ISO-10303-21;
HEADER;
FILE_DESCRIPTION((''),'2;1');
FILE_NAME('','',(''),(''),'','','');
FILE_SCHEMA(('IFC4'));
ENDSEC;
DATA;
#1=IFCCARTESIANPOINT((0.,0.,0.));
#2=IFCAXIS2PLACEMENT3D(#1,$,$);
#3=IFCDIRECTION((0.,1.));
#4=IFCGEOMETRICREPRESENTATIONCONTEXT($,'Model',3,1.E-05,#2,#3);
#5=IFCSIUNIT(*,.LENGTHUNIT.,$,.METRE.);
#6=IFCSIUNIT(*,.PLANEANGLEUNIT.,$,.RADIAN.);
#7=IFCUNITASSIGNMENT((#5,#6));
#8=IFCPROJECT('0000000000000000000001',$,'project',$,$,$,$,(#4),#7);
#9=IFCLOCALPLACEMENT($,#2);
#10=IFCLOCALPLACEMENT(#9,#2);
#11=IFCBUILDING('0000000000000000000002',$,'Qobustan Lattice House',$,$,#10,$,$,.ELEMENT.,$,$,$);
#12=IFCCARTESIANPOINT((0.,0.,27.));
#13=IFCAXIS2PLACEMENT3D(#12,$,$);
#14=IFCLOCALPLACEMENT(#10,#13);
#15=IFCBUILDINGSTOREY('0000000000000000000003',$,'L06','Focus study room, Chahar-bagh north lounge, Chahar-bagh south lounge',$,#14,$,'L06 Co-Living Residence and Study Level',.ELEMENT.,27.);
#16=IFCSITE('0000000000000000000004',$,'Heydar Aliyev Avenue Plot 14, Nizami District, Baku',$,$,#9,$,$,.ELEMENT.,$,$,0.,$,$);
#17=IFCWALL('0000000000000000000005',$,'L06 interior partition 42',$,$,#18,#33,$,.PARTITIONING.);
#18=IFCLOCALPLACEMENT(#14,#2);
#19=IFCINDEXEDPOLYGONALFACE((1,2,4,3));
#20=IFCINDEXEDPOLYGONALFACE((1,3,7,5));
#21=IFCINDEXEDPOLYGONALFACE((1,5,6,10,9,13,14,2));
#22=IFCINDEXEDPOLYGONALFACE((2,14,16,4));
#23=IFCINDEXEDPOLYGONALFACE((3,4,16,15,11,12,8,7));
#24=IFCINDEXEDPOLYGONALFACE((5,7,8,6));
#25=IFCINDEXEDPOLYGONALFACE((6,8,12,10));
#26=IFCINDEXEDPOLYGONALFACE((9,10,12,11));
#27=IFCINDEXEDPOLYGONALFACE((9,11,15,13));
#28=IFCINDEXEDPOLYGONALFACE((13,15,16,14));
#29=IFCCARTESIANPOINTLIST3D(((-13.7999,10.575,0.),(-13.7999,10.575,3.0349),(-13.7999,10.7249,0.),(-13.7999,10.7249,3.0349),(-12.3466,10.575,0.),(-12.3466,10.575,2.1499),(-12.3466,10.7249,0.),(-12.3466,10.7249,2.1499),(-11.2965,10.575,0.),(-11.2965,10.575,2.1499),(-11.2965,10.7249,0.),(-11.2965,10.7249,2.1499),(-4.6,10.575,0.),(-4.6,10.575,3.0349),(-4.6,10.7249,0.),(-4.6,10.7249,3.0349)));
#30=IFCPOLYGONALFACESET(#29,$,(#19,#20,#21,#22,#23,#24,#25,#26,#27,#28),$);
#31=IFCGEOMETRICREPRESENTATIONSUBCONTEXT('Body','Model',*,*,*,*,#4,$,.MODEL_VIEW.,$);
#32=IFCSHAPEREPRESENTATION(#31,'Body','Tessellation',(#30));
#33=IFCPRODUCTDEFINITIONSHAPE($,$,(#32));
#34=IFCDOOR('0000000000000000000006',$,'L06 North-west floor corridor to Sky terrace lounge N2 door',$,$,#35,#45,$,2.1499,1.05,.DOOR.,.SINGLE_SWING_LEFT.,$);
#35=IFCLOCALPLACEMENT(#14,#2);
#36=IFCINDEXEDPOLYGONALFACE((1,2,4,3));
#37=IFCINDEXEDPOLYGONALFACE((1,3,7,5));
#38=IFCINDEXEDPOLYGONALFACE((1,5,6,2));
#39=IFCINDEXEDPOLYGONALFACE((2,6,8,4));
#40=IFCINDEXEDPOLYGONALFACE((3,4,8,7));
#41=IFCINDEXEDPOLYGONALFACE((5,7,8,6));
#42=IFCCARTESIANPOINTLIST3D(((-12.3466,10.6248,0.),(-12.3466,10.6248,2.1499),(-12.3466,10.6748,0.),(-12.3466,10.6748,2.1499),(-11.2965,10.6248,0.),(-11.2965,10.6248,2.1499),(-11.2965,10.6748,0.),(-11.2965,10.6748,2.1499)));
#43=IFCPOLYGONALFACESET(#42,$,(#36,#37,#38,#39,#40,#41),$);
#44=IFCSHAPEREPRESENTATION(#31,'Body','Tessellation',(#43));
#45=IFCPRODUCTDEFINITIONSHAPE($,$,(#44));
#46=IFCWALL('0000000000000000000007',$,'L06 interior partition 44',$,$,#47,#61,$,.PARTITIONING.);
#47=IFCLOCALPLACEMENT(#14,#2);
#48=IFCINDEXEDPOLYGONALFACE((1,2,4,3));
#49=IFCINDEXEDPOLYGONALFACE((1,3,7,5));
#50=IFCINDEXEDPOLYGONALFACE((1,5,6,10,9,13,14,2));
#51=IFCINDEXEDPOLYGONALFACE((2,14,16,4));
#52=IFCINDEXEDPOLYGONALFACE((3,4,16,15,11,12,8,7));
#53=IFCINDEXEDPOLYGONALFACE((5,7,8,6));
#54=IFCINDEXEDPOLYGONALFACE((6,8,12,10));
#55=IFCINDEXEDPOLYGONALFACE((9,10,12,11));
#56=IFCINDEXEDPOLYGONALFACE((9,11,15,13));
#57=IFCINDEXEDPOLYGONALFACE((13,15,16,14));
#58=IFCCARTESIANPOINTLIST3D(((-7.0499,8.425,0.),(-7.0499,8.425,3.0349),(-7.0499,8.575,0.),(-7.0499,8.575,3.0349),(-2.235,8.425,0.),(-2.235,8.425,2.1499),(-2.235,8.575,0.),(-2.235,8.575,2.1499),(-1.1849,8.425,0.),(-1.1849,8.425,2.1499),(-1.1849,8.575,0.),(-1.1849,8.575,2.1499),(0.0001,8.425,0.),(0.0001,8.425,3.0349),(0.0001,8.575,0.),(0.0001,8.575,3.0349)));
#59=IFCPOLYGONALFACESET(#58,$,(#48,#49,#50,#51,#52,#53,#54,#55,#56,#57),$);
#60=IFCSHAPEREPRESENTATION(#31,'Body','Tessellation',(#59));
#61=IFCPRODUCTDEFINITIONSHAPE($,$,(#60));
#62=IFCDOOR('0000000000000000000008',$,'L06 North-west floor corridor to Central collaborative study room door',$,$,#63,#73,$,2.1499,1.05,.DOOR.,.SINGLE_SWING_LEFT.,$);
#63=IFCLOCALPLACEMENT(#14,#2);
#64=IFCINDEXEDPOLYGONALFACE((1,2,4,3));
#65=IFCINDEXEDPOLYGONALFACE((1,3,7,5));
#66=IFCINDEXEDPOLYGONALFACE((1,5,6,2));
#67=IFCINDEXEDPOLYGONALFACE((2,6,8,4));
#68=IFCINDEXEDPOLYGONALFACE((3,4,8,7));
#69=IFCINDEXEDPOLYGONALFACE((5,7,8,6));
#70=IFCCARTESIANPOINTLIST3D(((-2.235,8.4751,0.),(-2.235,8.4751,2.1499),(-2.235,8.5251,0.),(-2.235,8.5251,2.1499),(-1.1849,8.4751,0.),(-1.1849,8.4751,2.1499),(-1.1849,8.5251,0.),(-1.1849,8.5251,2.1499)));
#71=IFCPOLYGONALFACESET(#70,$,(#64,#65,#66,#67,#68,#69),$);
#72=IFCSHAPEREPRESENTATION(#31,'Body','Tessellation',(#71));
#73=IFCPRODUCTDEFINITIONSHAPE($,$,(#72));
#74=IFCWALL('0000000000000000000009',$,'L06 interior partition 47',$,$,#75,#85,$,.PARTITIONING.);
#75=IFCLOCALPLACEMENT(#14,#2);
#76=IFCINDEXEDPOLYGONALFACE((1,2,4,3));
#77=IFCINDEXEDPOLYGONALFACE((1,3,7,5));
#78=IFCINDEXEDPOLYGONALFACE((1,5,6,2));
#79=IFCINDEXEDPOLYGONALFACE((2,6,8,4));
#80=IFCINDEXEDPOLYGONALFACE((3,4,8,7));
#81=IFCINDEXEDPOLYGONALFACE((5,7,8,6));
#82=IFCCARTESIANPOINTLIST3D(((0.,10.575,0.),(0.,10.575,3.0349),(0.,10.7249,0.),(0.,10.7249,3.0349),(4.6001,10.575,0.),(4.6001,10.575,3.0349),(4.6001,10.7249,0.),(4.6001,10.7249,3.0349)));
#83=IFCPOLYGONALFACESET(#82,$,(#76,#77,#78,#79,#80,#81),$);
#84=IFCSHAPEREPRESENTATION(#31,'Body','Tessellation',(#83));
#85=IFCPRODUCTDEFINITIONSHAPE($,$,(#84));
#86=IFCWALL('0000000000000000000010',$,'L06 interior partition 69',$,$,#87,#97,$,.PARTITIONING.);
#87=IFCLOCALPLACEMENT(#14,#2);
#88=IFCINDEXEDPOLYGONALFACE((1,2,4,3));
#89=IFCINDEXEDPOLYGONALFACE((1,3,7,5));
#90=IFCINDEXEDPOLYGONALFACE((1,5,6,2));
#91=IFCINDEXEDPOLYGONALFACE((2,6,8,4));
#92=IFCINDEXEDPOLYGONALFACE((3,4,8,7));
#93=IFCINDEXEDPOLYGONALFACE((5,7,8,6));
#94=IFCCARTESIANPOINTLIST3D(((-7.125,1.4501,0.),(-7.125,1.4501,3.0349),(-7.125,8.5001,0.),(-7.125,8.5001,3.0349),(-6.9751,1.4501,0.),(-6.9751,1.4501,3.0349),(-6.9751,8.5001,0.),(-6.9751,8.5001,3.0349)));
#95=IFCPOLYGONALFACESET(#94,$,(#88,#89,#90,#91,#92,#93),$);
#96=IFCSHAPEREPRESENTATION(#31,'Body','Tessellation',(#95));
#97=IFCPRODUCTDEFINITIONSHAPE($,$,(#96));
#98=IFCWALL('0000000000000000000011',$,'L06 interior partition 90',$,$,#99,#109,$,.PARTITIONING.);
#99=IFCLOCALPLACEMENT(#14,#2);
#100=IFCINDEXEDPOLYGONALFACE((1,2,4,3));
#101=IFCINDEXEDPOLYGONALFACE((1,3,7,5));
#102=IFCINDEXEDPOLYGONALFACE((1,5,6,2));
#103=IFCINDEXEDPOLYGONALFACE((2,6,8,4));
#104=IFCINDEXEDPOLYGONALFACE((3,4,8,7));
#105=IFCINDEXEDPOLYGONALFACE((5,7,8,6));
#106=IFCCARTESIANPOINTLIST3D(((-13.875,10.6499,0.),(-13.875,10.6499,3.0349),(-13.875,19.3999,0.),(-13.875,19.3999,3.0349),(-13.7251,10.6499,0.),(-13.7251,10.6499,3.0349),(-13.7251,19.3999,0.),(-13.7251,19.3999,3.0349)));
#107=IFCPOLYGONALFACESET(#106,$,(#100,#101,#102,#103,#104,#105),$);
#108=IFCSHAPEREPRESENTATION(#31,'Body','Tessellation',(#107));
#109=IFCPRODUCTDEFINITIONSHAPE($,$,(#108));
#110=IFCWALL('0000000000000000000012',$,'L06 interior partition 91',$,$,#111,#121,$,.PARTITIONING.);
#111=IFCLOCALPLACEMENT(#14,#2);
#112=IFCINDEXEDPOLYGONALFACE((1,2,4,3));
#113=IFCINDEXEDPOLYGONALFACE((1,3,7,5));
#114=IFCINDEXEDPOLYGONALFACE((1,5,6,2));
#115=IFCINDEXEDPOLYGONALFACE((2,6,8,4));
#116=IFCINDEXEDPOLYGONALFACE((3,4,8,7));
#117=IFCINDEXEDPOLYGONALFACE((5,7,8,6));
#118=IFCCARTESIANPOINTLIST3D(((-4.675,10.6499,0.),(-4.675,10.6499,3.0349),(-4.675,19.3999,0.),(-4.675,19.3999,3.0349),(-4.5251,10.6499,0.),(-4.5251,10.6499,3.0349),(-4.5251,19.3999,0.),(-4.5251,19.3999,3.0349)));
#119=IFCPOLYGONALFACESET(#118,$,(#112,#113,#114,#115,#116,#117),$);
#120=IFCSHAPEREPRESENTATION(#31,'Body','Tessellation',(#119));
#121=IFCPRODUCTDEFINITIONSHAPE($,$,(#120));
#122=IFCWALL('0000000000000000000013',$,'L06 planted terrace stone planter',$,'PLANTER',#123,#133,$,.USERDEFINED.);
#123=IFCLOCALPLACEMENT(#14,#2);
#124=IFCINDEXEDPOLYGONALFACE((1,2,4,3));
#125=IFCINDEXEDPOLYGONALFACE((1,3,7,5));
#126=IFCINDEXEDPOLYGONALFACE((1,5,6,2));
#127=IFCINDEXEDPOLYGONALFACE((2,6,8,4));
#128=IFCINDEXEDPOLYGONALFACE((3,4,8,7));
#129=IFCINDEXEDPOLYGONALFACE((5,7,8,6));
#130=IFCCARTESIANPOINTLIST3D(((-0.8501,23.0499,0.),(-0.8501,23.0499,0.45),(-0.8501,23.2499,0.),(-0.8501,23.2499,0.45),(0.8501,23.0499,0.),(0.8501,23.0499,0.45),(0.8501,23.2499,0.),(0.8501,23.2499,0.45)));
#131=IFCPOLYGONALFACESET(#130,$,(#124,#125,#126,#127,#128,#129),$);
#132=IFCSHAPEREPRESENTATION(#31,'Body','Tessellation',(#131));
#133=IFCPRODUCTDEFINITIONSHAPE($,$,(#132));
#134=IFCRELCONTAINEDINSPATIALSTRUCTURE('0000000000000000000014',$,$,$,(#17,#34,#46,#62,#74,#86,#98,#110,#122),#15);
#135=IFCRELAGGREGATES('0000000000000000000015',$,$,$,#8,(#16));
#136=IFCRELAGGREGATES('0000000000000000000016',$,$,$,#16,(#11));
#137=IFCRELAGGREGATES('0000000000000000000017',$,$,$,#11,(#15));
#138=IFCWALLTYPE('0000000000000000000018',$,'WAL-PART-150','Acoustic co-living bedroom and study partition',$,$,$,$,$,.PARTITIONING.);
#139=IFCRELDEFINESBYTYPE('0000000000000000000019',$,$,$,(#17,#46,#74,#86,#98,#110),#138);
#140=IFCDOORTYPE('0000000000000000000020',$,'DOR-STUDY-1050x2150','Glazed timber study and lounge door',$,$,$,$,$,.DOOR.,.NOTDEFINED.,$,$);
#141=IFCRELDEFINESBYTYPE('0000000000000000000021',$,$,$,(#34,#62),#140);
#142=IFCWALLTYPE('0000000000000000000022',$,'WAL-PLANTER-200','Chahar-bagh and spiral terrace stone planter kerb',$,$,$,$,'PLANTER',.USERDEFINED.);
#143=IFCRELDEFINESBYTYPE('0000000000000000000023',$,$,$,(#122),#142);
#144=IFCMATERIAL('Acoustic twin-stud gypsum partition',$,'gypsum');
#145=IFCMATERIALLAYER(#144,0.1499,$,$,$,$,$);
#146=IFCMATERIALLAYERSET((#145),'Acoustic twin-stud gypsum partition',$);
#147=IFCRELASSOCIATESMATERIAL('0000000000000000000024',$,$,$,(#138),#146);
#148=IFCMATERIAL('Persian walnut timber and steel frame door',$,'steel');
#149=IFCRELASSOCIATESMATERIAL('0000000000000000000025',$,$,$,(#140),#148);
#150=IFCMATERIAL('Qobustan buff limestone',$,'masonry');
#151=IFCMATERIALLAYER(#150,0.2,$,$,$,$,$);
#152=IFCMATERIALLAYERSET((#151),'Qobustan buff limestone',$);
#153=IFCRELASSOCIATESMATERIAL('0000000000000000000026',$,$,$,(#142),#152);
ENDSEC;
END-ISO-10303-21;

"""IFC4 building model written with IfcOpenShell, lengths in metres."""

from ifc_helpers import new_model, si_unit, direction, frame, frame_2d, origin, place, context, subcontext, project, spatial, rectangle, extrude, material, layer, layer_set, type_object, element, fill, save


model = new_model("IFC4")

# Units and contexts
model_context = context("Model", 3, precision=1e-05, world=origin(), true_north=direction((0.0, 1.0)))
body_context = subcontext(model_context, "Body", "Model", "MODEL_VIEW")
ifc_project = project(units=[si_unit("LENGTHUNIT", "METRE"), si_unit("PLANEANGLEUNIT", "RADIAN")], contexts=[model_context])

# Site, building, storey
site_placement = place(None, origin())
site = spatial("IfcSite", under=ifc_project, at=site_placement, Name="Heydar Aliyev Avenue Plot 14, Nizami District, Baku", CompositionType="ELEMENT", RefElevation=0.0)
building_placement = place(site_placement, origin())
building = spatial("IfcBuilding", under=site, at=building_placement, Name="Qobustan Lattice House", CompositionType="ELEMENT")
storey_placement = place(building_placement, frame((0.0, 0.0, 27.0)))
storey = spatial("IfcBuildingStorey", under=building, at=storey_placement, Name="L06", Description="Focus study room, Chahar-bagh north lounge, Chahar-bagh south lounge", LongName="L06 Co-Living Residence and Study Level", CompositionType="ELEMENT", Elevation=27.0)

# Walls, openings, doors
ifc_material_1 = material(Name="Acoustic twin-stud gypsum partition", Category="gypsum")
ifc_layer_1 = layer(ifc_material_1, 0.1499)
ifc_layer_set_1 = layer_set([ifc_layer_1], Name="Acoustic twin-stud gypsum partition")
wall_type_1 = type_object("IfcWallType", Name="WAL-PART-150", Description="Acoustic co-living bedroom and study partition", PredefinedType="PARTITIONING", material=ifc_layer_set_1)
wall_1_placement = place(storey_placement, frame((-13.8, 10.6499, 0.0), z_axis=(0.0, 0.0, 1.0), x_axis=(1.0, 0.0, 0.0)))
wall_1 = element("IfcWall", 1, at=wall_1_placement, inside=storey, type_object=wall_type_1, Name="L06 interior partition 42", PredefinedType="PARTITIONING", context=body_context, shape_type="SweptSolid", body=[
    extrude(rectangle(XDim=9.2, YDim=0.1499, at=frame_2d((4.6001, 0.0))), origin(), (0.0, 0.0, 1.0), 3.0349),
])
opening_1_placement = place(wall_1_placement, frame((1.4536, 0.0, 0.0)))
opening_1 = element("IfcOpeningElement", 2, at=opening_1_placement, cuts=wall_1, PredefinedType="OPENING", context=body_context, shape_type="SweptSolid", body=[
    extrude(rectangle(XDim=1.05, YDim=2.1499, at=frame_2d((0.5249, 1.075))), frame((0.0, 0.085, 0.0), z_axis=(0.0, -1.0, 0.0), x_axis=(1.0, 0.0, 0.0)), (0.0, 0.0, 1.0), 0.1699),
])
ifc_material_2 = material(Name="Persian walnut timber and steel frame door", Category="steel")
door_type_1 = type_object("IfcDoorType", Name="DOR-STUDY-1050x2150", Description="Glazed timber study and lounge door", OperationType="NOTDEFINED", PredefinedType="DOOR", material=ifc_material_2)
door_1_placement = place(opening_1_placement, origin())
door_1 = element("IfcDoor", 3, at=door_1_placement, inside=storey, type_object=door_type_1, Name="L06 North-west floor corridor to Sky terrace lounge N2 door", OperationType="SINGLE_SWING_LEFT", OverallHeight=2.1499, OverallWidth=1.05, PredefinedType="DOOR", context=body_context, shape_type="SweptSolid", body=[
    extrude(rectangle(XDim=1.05, YDim=2.1499, at=frame_2d((0.5249, 1.075))), frame((0.0, 0.0249, 0.0), z_axis=(0.0, -1.0, 0.0), x_axis=(1.0, 0.0, 0.0)), (0.0, 0.0, 1.0), 0.05),
])
fill(opening_1, door_1)
wall_2_placement = place(storey_placement, frame((0.0, 8.5, 0.0), z_axis=(0.0, 0.0, 1.0), x_axis=(-1.0, 0.0, 0.0)))
wall_2 = element("IfcWall", 4, at=wall_2_placement, inside=storey, type_object=wall_type_1, Name="L06 interior partition 44", PredefinedType="PARTITIONING", context=body_context, shape_type="SweptSolid", body=[
    extrude(rectangle(XDim=7.05, YDim=0.1499, at=frame_2d((3.5249, 0.0))), origin(), (0.0, 0.0, 1.0), 3.0349),
])
opening_2_placement = place(wall_2_placement, frame((1.1851, 0.0, 0.0)))
opening_2 = element("IfcOpeningElement", 5, at=opening_2_placement, cuts=wall_2, PredefinedType="OPENING", context=body_context, shape_type="SweptSolid", body=[
    extrude(rectangle(XDim=1.05, YDim=2.1499, at=frame_2d((0.5249, 1.075))), frame((0.0, 0.085, 0.0), z_axis=(0.0, -1.0, 0.0), x_axis=(1.0, 0.0, 0.0)), (0.0, 0.0, 1.0), 0.1699),
])
door_2_placement = place(opening_2_placement, origin())
door_2 = element("IfcDoor", 6, at=door_2_placement, inside=storey, type_object=door_type_1, Name="L06 North-west floor corridor to Central collaborative study room door", OperationType="SINGLE_SWING_LEFT", OverallHeight=2.1499, OverallWidth=1.05, PredefinedType="DOOR", context=body_context, shape_type="SweptSolid", body=[
    extrude(rectangle(XDim=1.05, YDim=2.1499, at=frame_2d((0.5249, 1.075))), frame((0.0, 0.0249, 0.0), z_axis=(0.0, -1.0, 0.0), x_axis=(1.0, 0.0, 0.0)), (0.0, 0.0, 1.0), 0.05),
])
fill(opening_2, door_2)

# Walls
wall_3_placement = place(storey_placement, frame((0.0, 10.6499, 0.0), z_axis=(0.0, 0.0, 1.0), x_axis=(1.0, 0.0, 0.0)))
element("IfcWall", 7, at=wall_3_placement, inside=storey, type_object=wall_type_1, Name="L06 interior partition 47", PredefinedType="PARTITIONING", context=body_context, shape_type="SweptSolid", body=[
    extrude(rectangle(XDim=4.6001, YDim=0.1499, at=frame_2d((2.3, 0.0))), origin(), (0.0, 0.0, 1.0), 3.0349),
])
wall_4_placement = place(storey_placement, frame((-7.05, 8.5, 0.0), z_axis=(0.0, 0.0, 1.0), x_axis=(0.0, -1.0, 0.0)))
element("IfcWall", 8, at=wall_4_placement, inside=storey, type_object=wall_type_1, Name="L06 interior partition 69", PredefinedType="PARTITIONING", context=body_context, shape_type="SweptSolid", body=[
    extrude(rectangle(XDim=7.05, YDim=0.1499, at=frame_2d((3.5249, 0.0))), origin(), (0.0, 0.0, 1.0), 3.0349),
])
for number, where, z_axis, x_axis, name in (
    (9, (-13.8, 19.3999, 0.0), (0.0, 0.0, 1.0), (0.0, -1.0, 0.0), "L06 interior partition 90"),
    (10, (-4.6001, 19.3999, 0.0), (0.0, 0.0, 1.0), (0.0, -1.0, 0.0), "L06 interior partition 91"),
):
    element("IfcWall", number, at=place(storey_placement, frame(where, z_axis=z_axis, x_axis=x_axis)), inside=storey, type_object=wall_type_1, Name=name, PredefinedType="PARTITIONING", context=body_context, shape_type="SweptSolid", body=[
        extrude(rectangle(XDim=8.75, YDim=0.1499, at=frame_2d((4.375, 0.0))), origin(), (0.0, 0.0, 1.0), 3.0349),
    ])
ifc_material_3 = material(Name="Qobustan buff limestone", Category="masonry")
ifc_layer_2 = layer(ifc_material_3, 0.2)
ifc_layer_set_2 = layer_set([ifc_layer_2], Name="Qobustan buff limestone")
wall_type_2 = type_object("IfcWallType", Name="WAL-PLANTER-200", Description="Chahar-bagh and spiral terrace stone planter kerb", ElementType="PLANTER", PredefinedType="USERDEFINED", material=ifc_layer_set_2)
wall_5_placement = place(storey_placement, frame((-0.8501, 23.1499, 0.0), z_axis=(0.0, 0.0, 1.0), x_axis=(1.0, 0.0, 0.0)))
element("IfcWall", 11, at=wall_5_placement, inside=storey, type_object=wall_type_2, Name="L06 planted terrace stone planter", ObjectType="PLANTER", PredefinedType="USERDEFINED", context=body_context, shape_type="SweptSolid", body=[
    extrude(rectangle(XDim=1.7002, YDim=0.2, at=frame_2d((0.8501, 0.0))), origin(), (0.0, 0.0, 1.0), 0.45),
])

save(model, "model.ifc")
